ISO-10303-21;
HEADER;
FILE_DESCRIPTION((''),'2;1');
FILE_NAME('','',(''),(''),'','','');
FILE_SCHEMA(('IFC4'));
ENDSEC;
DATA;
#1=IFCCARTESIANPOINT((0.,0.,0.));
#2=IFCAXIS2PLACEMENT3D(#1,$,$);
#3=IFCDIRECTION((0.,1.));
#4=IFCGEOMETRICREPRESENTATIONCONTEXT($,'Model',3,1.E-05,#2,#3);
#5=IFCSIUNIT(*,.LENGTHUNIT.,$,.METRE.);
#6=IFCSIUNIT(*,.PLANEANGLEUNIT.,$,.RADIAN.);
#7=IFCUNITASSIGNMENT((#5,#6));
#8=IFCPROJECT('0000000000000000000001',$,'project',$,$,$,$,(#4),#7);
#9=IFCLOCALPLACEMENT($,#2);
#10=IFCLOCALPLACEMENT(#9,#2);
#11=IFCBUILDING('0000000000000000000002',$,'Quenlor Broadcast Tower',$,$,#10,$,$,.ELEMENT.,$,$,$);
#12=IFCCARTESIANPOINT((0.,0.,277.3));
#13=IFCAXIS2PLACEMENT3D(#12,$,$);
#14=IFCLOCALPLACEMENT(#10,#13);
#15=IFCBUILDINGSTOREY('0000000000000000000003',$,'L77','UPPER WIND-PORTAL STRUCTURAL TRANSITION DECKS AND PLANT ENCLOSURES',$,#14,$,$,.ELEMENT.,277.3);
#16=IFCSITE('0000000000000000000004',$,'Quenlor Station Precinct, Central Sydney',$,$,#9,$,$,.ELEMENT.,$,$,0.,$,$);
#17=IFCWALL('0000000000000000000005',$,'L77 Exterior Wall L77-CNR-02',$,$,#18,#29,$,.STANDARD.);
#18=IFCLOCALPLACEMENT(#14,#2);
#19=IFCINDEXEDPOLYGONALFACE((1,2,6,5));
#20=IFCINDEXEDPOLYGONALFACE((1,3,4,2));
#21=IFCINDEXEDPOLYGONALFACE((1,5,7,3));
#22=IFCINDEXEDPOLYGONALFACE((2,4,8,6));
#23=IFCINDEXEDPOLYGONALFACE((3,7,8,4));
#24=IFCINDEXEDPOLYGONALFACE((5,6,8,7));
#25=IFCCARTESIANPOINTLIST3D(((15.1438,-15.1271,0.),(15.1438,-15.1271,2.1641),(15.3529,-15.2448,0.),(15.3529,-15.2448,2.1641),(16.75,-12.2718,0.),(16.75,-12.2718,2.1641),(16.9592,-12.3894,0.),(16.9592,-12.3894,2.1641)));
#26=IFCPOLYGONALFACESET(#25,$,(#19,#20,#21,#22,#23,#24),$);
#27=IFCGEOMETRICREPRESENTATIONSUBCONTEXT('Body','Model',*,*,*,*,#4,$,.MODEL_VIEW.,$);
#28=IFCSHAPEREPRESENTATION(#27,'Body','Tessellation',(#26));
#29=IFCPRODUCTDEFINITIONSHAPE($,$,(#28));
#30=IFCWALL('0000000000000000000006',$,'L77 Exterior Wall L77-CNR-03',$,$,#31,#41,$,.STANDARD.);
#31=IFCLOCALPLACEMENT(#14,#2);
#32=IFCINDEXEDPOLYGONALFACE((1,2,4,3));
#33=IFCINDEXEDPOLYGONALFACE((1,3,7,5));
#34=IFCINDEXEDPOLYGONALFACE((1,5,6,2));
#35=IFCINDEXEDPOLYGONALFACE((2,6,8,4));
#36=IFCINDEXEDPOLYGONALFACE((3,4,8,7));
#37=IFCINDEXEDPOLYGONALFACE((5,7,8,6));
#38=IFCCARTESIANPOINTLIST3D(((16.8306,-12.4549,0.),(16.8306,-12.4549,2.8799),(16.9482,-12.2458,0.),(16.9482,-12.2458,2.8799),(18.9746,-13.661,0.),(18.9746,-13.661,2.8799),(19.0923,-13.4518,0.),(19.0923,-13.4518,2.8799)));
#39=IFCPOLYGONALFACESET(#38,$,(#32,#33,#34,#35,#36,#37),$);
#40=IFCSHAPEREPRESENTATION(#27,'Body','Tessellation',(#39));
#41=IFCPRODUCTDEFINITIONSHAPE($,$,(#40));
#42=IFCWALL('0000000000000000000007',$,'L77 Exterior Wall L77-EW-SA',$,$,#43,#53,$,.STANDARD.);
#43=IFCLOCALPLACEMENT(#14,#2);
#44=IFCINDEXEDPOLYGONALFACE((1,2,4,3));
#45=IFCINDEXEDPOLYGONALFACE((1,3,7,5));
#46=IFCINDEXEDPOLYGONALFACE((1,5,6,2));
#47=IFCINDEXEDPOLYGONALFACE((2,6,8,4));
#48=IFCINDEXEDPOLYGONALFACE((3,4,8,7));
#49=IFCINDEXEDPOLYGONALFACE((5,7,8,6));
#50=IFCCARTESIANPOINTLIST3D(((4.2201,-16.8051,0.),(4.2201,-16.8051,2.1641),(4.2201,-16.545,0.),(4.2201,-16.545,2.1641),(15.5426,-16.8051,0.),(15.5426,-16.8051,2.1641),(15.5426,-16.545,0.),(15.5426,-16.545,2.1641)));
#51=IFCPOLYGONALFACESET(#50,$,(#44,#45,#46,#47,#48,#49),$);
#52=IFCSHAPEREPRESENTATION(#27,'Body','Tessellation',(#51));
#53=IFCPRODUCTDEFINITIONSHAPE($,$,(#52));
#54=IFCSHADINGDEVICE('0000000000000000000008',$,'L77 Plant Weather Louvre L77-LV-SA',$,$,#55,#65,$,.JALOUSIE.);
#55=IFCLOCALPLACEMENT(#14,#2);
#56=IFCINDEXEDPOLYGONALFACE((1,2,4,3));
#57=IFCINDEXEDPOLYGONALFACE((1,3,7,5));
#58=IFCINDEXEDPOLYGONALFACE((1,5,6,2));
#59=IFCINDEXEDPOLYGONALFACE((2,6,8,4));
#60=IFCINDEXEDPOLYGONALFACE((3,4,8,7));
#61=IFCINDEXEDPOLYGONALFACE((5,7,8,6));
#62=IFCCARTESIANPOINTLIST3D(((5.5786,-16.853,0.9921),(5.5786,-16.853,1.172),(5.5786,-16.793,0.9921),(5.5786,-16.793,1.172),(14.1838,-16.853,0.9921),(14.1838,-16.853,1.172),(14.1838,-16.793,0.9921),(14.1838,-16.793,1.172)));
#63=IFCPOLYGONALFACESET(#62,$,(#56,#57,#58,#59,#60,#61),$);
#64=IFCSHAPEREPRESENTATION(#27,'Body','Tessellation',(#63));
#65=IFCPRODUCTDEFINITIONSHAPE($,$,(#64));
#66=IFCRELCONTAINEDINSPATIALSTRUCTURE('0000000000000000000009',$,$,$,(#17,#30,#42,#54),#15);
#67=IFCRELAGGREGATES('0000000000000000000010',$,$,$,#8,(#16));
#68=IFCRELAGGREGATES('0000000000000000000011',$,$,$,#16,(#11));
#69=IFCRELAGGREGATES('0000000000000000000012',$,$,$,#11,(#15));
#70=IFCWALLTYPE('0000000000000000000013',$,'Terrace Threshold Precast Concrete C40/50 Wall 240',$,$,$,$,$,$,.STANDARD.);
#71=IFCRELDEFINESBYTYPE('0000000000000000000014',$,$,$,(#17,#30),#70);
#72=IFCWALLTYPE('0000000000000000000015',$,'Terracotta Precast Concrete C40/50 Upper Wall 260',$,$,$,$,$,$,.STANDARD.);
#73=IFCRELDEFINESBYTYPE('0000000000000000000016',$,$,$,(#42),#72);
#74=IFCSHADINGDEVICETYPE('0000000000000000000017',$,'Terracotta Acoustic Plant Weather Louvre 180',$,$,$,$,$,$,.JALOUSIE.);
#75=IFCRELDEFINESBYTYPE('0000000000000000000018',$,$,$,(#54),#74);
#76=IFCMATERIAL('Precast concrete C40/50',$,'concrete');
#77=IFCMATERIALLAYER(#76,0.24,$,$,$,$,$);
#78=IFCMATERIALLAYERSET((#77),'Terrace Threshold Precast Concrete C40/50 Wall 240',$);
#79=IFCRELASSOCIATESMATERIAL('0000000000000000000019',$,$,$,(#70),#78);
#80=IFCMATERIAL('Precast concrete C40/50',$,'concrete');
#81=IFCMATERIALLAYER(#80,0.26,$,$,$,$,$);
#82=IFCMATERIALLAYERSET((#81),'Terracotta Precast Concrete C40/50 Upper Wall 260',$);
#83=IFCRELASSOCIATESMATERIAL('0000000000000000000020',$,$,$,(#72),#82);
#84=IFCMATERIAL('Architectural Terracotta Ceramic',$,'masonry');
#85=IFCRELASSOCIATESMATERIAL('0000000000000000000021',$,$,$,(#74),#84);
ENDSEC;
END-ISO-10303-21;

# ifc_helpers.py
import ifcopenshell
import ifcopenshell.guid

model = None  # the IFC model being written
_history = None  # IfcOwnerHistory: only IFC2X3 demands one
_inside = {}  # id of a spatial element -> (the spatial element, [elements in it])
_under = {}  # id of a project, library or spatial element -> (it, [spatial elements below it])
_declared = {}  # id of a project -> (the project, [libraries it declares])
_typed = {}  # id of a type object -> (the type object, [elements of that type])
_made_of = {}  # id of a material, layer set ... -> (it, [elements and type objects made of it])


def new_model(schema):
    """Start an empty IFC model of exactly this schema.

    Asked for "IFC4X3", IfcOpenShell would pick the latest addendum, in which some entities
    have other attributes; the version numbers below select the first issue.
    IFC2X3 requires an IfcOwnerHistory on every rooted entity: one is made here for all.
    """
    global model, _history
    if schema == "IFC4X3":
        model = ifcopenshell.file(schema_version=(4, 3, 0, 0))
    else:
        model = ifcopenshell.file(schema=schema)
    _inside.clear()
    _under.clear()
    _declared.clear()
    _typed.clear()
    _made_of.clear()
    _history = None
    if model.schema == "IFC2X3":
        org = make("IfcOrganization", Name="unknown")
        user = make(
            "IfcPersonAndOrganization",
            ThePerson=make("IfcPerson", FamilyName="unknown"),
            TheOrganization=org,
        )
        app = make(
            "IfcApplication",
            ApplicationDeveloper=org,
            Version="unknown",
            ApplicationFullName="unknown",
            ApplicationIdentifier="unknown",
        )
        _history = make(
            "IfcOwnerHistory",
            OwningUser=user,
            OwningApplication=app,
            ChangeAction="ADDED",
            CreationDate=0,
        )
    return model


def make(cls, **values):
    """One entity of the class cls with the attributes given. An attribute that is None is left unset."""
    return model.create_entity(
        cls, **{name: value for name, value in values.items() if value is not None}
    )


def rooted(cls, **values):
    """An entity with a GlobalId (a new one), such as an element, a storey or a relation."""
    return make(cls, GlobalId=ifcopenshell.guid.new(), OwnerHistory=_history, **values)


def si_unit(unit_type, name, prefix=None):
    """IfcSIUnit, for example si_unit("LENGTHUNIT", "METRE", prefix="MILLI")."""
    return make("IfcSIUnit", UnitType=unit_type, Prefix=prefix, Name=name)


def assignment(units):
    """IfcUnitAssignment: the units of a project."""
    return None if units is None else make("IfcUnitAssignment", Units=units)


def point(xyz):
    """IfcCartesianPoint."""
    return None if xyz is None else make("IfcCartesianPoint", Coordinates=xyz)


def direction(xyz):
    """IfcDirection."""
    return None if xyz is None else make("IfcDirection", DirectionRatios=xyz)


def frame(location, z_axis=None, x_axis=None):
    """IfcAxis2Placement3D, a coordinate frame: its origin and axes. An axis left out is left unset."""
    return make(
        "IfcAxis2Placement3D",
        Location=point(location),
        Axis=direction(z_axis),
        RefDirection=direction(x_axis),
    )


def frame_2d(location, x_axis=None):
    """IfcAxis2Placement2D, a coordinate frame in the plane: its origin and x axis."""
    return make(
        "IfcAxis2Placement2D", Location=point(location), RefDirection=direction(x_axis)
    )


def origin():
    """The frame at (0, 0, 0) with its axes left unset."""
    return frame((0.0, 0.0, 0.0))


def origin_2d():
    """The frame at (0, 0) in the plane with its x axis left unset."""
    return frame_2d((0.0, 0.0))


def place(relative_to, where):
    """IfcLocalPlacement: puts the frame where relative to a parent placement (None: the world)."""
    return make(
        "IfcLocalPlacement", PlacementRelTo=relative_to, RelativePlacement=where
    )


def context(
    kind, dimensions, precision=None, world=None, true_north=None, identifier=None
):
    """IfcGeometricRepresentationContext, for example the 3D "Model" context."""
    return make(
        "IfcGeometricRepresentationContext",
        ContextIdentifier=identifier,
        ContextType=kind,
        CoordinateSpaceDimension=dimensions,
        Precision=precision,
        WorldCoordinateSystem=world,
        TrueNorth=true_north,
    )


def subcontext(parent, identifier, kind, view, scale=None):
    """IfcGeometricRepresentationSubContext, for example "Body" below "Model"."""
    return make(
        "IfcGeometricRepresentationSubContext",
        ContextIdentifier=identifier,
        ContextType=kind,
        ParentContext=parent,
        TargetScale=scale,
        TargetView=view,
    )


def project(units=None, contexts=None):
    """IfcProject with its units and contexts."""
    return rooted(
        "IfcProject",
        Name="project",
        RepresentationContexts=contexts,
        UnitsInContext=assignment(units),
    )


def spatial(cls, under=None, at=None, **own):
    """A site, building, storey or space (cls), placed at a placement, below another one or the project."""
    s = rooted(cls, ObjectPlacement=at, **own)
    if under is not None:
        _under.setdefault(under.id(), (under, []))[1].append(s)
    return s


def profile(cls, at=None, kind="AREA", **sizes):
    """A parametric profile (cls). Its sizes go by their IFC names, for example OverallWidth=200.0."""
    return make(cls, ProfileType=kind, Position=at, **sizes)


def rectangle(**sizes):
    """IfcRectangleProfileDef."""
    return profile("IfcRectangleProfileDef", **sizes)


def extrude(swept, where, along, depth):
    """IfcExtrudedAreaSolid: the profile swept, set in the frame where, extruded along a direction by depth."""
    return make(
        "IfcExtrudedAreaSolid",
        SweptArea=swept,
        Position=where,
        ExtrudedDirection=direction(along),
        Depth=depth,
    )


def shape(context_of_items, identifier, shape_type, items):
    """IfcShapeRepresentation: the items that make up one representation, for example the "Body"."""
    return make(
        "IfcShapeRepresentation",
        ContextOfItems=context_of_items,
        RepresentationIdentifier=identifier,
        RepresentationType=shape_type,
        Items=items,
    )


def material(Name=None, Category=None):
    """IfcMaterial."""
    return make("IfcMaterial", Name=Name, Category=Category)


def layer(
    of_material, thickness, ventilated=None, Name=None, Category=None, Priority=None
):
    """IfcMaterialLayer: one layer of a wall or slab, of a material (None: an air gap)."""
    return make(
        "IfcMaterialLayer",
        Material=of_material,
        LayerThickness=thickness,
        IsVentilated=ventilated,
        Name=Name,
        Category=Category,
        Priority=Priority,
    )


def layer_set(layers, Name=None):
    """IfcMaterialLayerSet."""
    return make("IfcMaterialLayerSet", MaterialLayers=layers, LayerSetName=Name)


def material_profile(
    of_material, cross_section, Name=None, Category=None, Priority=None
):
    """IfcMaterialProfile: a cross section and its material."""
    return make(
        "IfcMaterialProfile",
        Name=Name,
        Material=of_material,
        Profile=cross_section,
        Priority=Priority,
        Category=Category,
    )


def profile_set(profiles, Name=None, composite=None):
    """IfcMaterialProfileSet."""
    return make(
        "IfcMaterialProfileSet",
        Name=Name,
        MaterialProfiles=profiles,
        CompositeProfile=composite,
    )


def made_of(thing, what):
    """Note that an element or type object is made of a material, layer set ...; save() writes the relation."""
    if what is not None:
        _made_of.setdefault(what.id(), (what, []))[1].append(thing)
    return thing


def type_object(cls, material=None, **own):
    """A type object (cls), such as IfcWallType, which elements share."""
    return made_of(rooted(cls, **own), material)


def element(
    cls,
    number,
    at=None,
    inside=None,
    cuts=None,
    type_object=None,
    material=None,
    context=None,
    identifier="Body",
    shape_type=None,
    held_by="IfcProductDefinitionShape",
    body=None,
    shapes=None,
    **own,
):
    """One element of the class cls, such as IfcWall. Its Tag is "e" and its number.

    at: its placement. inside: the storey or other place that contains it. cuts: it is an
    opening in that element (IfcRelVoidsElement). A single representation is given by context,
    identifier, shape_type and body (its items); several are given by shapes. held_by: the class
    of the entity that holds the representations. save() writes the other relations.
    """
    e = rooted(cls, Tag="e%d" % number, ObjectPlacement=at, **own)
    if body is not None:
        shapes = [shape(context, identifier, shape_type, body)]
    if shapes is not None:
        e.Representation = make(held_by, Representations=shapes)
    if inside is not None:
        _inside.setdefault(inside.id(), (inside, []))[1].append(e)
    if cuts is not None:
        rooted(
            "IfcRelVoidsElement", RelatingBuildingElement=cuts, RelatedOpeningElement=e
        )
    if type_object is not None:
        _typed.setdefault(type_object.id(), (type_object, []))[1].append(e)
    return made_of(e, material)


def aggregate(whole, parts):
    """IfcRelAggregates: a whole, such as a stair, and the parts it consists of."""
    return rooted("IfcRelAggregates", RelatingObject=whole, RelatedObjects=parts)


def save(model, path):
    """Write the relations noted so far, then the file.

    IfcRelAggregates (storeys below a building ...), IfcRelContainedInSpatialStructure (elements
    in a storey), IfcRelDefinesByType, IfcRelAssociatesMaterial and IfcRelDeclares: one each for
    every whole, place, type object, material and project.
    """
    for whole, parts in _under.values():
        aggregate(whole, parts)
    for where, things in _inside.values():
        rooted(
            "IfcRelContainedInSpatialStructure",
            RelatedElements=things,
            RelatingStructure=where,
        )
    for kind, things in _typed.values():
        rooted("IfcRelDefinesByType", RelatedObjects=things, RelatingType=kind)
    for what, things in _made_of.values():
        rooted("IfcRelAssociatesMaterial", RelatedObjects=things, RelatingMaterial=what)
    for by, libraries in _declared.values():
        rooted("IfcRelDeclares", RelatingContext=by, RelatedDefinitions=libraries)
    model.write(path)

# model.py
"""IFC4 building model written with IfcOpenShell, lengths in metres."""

from ifc_helpers import new_model, si_unit, direction, frame, frame_2d, origin, origin_2d, place, context, subcontext, project, spatial, rectangle, extrude, material, layer, layer_set, material_profile, profile_set, type_object, element, save


model = new_model("IFC4")

# Units and contexts
model_context = context("Model", 3, precision=1e-05, world=origin(), true_north=direction((0.0, 1.0)))
body_context = subcontext(model_context, "Body", "Model", "MODEL_VIEW")
ifc_project = project(units=[si_unit("LENGTHUNIT", "METRE"), si_unit("PLANEANGLEUNIT", "RADIAN")], contexts=[model_context])

# Site, building, storey
site_placement = place(None, origin())
site = spatial("IfcSite", under=ifc_project, at=site_placement, Name="Quenlor Station Precinct, Central Sydney", CompositionType="ELEMENT", RefElevation=0.0)
building_placement = place(site_placement, origin())
building = spatial("IfcBuilding", under=site, at=building_placement, Name="Quenlor Broadcast Tower", CompositionType="ELEMENT")
storey_placement = place(building_placement, frame((0.0, 0.0, 277.3)))
storey = spatial("IfcBuildingStorey", under=building, at=storey_placement, Name="L77", Description="UPPER WIND-PORTAL STRUCTURAL TRANSITION DECKS AND PLANT ENCLOSURES", CompositionType="ELEMENT", Elevation=277.3)

# Walls
ifc_material_1 = material(Name="Precast concrete C40/50", Category="concrete")
ifc_layer_1 = layer(ifc_material_1, 0.24)
ifc_layer_set_1 = layer_set([ifc_layer_1], Name="Terrace Threshold Precast Concrete C40/50 Wall 240")
wall_type_1 = type_object("IfcWallType", Name="Terrace Threshold Precast Concrete C40/50 Wall 240", PredefinedType="STANDARD", material=ifc_layer_set_1)
wall_1_placement = place(storey_placement, frame((15.2483, -15.186, 0.0), z_axis=(0.0, 0.0, 1.0), x_axis=(0.490293, 0.871558, 0.0)))
element("IfcWall", 1, at=wall_1_placement, inside=storey, type_object=wall_type_1, Name="L77 Exterior Wall L77-CNR-02", PredefinedType="STANDARD", context=body_context, shape_type="SweptSolid", body=[
    extrude(rectangle(XDim=3.2761, YDim=0.24, at=frame_2d((1.6382, 0.0))), origin(), (0.0, 0.0, 1.0), 2.1641),
])
wall_2_placement = place(storey_placement, frame((16.8894, -12.3503, 0.0), z_axis=(0.0, 0.0, 1.0), x_axis=(0.87157, -0.490271, 0.0)))
element("IfcWall", 2, at=wall_2_placement, inside=storey, type_object=wall_type_1, Name="L77 Exterior Wall L77-CNR-03", PredefinedType="STANDARD", context=body_context, shape_type="SweptSolid", body=[
    extrude(rectangle(XDim=2.46, YDim=0.24, at=frame_2d((1.23, 0.0))), origin(), (0.0, 0.0, 1.0), 2.8799),
])
ifc_material_2 = material(Name="Precast concrete C40/50", Category="concrete")
ifc_layer_2 = layer(ifc_material_2, 0.26)
ifc_layer_set_2 = layer_set([ifc_layer_2], Name="Terracotta Precast Concrete C40/50 Upper Wall 260")
wall_type_2 = type_object("IfcWallType", Name="Terracotta Precast Concrete C40/50 Upper Wall 260", PredefinedType="STANDARD", material=ifc_layer_set_2)
wall_3_placement = place(storey_placement, frame((15.5425, -16.675, 0.0), z_axis=(0.0, 0.0, 1.0), x_axis=(-1.0, 0.0, 0.0)))
element("IfcWall", 3, at=wall_3_placement, inside=storey, type_object=wall_type_2, Name="L77 Exterior Wall L77-EW-SA", PredefinedType="STANDARD", context=body_context, shape_type="SweptSolid", body=[
    extrude(rectangle(XDim=11.3225, YDim=0.26, at=frame_2d((5.6611, 0.0))), origin(), (0.0, 0.0, 1.0), 2.1641),
])

# Shading device
ifc_material_3 = material(Name="Architectural Terracotta Ceramic", Category="masonry")
ifc_material_profile_1 = material_profile(ifc_material_3, rectangle(XDim=0.0601, YDim=0.1799, at=origin_2d()))
ifc_profile_set_1 = profile_set([ifc_material_profile_1], Name="Architectural Terracotta Ceramic LVR60x180")
shading_device_type = type_object("IfcShadingDeviceType", Name="Terracotta Acoustic Plant Weather Louvre 180", PredefinedType="JALOUSIE", material=ifc_profile_set_1)
shading_device_placement = place(storey_placement, frame((14.1838, -16.823, 1.082), z_axis=(-1.0, 0.0, 0.0), x_axis=(0.0, -1.0, 0.0)))
element("IfcShadingDevice", 4, at=shading_device_placement, inside=storey, type_object=shading_device_type, Name="L77 Plant Weather Louvre L77-LV-SA", PredefinedType="JALOUSIE", context=body_context, shape_type="SweptSolid", body=[
    extrude(rectangle(XDim=0.0601, YDim=0.1799, at=origin_2d()), origin(), (0.0, 0.0, 1.0), 8.6052),
])

save(model, "model.ifc")
